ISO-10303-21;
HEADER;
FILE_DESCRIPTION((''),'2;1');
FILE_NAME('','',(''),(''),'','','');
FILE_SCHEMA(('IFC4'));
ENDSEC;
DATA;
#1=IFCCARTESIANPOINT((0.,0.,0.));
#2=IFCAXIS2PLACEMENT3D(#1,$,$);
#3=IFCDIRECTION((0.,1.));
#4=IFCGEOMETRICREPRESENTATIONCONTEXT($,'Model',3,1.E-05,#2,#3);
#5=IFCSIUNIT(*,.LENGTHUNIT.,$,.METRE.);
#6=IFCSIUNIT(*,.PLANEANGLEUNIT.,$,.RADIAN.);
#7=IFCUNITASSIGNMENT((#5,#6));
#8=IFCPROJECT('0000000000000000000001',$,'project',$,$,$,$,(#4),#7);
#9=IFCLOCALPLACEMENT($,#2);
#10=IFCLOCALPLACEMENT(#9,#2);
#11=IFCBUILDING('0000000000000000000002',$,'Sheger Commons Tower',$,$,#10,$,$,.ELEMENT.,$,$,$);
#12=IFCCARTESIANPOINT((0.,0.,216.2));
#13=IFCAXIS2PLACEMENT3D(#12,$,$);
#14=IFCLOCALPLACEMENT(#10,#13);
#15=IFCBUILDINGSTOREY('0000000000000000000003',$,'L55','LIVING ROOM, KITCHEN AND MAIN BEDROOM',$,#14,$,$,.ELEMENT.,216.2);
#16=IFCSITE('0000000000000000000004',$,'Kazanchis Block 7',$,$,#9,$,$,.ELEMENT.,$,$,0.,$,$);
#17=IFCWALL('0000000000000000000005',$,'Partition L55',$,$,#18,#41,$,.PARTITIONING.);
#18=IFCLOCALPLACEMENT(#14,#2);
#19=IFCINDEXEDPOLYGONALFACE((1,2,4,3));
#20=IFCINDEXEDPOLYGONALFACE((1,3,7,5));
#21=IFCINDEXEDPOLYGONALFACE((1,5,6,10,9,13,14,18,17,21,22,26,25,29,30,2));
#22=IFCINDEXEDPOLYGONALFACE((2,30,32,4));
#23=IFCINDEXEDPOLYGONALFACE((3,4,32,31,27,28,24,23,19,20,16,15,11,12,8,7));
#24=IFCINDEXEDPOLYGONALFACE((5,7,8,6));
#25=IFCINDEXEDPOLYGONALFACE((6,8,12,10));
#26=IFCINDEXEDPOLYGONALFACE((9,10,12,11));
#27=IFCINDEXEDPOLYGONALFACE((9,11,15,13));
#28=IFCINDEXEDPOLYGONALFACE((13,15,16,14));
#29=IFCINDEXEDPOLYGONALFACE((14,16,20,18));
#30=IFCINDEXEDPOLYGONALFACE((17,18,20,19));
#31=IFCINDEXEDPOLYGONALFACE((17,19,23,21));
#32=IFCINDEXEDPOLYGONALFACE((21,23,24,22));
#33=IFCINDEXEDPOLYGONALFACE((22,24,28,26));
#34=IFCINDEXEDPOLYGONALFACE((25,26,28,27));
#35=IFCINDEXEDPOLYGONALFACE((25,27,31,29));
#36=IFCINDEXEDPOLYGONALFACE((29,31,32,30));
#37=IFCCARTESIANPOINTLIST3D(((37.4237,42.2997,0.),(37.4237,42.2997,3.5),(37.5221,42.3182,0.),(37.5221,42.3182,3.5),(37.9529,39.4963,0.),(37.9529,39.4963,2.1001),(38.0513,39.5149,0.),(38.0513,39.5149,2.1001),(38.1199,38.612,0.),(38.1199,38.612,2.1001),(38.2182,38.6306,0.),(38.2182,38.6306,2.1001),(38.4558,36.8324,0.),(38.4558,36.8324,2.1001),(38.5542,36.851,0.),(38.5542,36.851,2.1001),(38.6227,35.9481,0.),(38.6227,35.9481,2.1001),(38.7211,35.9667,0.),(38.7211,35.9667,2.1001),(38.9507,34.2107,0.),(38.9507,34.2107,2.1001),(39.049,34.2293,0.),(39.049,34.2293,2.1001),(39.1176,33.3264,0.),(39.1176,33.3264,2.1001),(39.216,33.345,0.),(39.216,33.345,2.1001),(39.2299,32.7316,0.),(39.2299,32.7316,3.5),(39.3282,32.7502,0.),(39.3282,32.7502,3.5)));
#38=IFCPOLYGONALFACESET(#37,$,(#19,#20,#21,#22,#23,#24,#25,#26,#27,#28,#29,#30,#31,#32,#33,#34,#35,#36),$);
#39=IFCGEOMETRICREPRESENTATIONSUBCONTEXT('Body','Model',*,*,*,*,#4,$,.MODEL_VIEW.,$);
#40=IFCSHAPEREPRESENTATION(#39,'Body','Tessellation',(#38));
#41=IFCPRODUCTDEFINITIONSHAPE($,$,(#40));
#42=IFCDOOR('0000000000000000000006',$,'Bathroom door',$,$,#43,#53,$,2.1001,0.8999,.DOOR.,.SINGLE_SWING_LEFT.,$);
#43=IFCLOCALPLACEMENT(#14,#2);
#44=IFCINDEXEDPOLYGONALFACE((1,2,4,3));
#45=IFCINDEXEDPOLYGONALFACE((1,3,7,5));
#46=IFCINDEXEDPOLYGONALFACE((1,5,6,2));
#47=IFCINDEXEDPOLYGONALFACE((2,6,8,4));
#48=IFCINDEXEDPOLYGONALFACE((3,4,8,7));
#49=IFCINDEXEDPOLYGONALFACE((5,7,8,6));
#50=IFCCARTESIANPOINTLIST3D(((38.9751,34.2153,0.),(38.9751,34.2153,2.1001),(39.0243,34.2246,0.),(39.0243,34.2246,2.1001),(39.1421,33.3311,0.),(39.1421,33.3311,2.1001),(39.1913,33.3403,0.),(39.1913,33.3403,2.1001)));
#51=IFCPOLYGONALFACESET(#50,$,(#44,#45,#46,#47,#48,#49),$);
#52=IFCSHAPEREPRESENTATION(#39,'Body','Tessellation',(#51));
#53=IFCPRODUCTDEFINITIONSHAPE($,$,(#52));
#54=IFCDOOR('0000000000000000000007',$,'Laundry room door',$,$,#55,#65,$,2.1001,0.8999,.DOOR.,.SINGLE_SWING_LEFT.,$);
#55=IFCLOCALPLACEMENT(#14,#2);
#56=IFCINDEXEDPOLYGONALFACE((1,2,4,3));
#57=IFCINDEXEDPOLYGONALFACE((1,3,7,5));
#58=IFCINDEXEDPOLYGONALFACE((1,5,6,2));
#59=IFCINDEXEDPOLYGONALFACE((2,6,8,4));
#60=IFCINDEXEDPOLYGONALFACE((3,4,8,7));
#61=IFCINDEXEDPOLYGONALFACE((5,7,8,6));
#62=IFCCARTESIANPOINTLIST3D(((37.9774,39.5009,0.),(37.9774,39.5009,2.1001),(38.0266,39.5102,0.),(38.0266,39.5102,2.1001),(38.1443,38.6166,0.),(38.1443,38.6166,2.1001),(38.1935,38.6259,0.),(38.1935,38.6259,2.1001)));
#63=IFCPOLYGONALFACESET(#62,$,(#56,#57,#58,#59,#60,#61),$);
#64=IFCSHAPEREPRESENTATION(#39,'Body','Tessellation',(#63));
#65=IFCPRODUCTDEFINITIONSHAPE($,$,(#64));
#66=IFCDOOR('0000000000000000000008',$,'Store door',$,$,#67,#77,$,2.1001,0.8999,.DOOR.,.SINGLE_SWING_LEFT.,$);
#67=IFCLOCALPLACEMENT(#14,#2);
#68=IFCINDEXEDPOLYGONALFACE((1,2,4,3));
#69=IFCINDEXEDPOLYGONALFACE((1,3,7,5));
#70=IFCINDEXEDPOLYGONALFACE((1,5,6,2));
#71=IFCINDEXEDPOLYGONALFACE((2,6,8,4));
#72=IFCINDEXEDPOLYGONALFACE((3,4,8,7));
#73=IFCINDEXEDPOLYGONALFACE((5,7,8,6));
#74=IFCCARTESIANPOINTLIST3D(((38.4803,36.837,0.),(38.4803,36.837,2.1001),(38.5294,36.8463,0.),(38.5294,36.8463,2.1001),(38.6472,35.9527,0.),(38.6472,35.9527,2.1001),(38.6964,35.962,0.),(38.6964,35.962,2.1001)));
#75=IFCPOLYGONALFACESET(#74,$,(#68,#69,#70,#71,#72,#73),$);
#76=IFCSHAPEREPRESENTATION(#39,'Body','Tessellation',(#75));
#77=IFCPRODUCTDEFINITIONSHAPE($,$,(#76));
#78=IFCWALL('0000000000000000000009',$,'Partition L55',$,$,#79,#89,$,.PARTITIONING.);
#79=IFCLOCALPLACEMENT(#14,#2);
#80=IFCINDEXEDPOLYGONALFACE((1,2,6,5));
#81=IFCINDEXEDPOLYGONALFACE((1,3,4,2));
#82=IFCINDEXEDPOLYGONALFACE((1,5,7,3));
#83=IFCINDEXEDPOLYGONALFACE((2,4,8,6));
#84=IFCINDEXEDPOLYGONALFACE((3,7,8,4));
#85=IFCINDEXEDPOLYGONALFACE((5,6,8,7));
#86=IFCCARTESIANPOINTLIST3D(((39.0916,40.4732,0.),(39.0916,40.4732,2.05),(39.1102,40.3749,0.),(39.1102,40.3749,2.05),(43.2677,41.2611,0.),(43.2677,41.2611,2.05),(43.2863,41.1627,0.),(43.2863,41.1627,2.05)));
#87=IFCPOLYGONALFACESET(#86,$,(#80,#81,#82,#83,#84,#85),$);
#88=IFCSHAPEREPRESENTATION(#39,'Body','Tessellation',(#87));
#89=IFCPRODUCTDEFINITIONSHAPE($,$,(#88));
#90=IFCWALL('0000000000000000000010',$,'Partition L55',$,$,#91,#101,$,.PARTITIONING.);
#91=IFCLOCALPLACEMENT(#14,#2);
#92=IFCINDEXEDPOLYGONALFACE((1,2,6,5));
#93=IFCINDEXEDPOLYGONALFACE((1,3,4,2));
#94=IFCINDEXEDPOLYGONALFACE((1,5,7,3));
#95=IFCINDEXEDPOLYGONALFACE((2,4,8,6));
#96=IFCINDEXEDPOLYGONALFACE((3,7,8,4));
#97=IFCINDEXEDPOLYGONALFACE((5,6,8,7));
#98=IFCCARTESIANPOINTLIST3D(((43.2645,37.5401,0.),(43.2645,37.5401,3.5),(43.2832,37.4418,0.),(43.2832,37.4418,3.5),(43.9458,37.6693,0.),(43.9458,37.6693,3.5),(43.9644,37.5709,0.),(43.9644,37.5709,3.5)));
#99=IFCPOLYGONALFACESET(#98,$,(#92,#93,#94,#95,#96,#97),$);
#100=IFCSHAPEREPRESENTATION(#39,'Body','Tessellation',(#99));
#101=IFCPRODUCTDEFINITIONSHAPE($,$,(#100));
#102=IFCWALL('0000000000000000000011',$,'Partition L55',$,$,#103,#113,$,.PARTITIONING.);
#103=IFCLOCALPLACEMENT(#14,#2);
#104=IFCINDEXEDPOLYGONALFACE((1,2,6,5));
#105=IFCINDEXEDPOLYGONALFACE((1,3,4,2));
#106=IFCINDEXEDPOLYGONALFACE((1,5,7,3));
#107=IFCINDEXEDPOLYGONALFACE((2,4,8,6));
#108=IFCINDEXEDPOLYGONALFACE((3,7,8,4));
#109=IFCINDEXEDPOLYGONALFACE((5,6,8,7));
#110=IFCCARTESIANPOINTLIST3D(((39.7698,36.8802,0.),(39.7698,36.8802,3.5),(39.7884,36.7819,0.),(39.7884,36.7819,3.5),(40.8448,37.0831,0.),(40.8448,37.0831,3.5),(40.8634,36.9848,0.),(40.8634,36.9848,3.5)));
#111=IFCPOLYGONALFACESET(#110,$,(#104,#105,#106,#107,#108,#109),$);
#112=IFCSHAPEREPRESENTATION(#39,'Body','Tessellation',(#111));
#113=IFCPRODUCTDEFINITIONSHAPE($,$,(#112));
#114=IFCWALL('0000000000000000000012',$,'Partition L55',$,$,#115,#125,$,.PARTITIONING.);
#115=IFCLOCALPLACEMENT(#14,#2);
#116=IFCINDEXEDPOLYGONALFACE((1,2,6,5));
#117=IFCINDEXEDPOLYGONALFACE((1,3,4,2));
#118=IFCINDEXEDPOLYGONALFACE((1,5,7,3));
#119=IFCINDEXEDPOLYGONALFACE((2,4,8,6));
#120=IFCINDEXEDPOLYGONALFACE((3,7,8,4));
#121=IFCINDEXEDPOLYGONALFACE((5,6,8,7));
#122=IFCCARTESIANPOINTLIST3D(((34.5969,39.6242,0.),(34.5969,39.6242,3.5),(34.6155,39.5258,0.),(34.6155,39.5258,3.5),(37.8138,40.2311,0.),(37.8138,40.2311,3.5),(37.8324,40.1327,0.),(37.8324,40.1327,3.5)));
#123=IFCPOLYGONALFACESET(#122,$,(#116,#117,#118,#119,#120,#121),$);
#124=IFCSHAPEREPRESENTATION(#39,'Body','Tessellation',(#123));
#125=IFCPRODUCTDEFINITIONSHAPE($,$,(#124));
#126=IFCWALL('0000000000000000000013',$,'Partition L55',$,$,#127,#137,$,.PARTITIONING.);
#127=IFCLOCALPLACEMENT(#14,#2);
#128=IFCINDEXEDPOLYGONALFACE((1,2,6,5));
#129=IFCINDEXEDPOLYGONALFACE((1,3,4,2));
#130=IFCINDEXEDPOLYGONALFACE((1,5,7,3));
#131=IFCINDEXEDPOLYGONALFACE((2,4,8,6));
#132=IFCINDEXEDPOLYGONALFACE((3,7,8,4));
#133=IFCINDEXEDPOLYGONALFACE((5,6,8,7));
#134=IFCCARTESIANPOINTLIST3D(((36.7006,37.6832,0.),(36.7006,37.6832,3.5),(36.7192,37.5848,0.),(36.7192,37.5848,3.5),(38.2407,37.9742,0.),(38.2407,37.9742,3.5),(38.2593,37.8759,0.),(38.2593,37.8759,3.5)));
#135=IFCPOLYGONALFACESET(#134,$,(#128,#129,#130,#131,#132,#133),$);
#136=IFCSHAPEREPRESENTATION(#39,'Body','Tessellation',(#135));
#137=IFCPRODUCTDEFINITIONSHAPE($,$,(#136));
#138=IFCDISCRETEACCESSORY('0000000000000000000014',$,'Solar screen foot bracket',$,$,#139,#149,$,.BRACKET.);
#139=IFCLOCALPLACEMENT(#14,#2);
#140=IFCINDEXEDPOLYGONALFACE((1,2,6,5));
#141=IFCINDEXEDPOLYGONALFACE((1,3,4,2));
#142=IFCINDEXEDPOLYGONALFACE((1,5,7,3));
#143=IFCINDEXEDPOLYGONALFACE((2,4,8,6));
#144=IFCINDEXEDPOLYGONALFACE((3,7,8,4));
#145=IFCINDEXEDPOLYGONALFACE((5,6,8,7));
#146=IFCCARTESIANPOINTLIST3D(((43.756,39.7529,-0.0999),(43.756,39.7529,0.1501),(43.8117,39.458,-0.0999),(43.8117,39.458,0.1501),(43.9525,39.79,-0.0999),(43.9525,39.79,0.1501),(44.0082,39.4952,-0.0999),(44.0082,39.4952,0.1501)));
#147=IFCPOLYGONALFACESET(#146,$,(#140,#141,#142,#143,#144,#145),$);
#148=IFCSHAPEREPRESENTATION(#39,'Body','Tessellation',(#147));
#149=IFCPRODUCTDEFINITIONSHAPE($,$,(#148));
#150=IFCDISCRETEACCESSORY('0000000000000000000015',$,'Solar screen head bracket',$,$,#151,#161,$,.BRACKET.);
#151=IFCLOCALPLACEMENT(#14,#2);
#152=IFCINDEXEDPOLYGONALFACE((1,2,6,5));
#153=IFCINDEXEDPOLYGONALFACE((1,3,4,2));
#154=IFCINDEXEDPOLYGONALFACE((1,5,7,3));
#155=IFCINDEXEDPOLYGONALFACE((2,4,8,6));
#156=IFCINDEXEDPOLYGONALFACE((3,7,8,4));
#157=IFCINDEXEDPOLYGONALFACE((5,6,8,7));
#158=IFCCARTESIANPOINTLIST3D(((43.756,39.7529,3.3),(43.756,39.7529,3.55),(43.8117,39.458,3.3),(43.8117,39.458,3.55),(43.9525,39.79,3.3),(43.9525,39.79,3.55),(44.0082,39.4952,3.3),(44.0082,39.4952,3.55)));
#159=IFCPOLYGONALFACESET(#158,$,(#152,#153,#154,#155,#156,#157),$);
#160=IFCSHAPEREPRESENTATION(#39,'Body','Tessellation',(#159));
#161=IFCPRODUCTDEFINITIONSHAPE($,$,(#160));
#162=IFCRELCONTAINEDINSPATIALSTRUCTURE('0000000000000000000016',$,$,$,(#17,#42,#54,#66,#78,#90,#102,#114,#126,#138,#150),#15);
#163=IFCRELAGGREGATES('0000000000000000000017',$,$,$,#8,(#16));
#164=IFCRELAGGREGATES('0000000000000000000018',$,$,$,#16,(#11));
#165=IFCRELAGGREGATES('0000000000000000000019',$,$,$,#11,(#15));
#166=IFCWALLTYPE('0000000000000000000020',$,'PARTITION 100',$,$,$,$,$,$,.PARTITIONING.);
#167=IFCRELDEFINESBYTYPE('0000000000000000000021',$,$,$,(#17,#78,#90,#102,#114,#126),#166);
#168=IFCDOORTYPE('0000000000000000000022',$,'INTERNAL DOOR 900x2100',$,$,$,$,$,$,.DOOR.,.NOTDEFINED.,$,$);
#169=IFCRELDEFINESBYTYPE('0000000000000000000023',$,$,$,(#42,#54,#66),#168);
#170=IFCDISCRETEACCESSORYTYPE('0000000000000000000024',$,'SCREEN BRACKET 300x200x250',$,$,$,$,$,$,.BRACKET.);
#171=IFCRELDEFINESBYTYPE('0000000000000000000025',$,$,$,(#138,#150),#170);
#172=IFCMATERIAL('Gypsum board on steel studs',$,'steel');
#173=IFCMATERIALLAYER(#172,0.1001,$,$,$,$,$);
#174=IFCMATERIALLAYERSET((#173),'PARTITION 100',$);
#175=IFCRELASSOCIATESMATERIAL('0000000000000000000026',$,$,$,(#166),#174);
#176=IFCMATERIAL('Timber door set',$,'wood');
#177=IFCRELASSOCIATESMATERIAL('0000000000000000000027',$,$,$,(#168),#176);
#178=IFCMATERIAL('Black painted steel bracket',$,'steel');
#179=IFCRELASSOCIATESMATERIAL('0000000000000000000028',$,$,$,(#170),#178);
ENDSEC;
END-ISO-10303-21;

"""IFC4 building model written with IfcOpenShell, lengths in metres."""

from ifc_helpers import new_model, si_unit, direction, frame, frame_2d, origin, origin_2d, place, context, subcontext, project, spatial, rectangle, extrude, material, layer, layer_set, type_object, element, fill, save


model = new_model("IFC4")

# Units and contexts
model_context = context("Model", 3, precision=1e-05, world=origin(), true_north=direction((0.0, 1.0)))
body_context = subcontext(model_context, "Body", "Model", "MODEL_VIEW")
ifc_project = project(units=[si_unit("LENGTHUNIT", "METRE"), si_unit("PLANEANGLEUNIT", "RADIAN")], contexts=[model_context])

# Site, building, storey
site_placement = place(None, origin())
site = spatial("IfcSite", under=ifc_project, at=site_placement, Name="Kazanchis Block 7", CompositionType="ELEMENT", RefElevation=0.0)
building_placement = place(site_placement, origin())
building = spatial("IfcBuilding", under=site, at=building_placement, Name="Sheger Commons Tower", CompositionType="ELEMENT")
storey_placement = place(building_placement, frame((0.0, 0.0, 216.2)))
storey = spatial("IfcBuildingStorey", under=building, at=storey_placement, Name="L55", Description="LIVING ROOM, KITCHEN AND MAIN BEDROOM", CompositionType="ELEMENT", Elevation=216.2)

# Shared definitions
ifc_material_1 = material(Name="Gypsum board on steel studs", Category="steel")
ifc_layer_1 = layer(ifc_material_1, 0.1001)
ifc_layer_set_1 = layer_set([ifc_layer_1], Name="PARTITION 100")
wall_type = type_object("IfcWallType", Name="PARTITION 100", PredefinedType="PARTITIONING", material=ifc_layer_set_1)

# Wall, openings, doors
ifc_material_2 = material(Name="Timber door set", Category="wood")
door_type = type_object("IfcDoorType", Name="INTERNAL DOOR 900x2100", OperationType="NOTDEFINED", PredefinedType="DOOR", material=ifc_material_2)
wall_1_placement = place(storey_placement, frame((37.4729, 42.3091, 0.0), z_axis=(0.0, 0.0, 1.0), x_axis=(0.185492, -0.982646, 0.0)))
wall_1 = element("IfcWall", 1, at=wall_1_placement, inside=storey, type_object=wall_type, Name="Partition L55", PredefinedType="PARTITIONING", context=body_context, shape_type="SweptSolid", body=[
    extrude(rectangle(XDim=9.7371, YDim=0.1001, at=frame_2d((4.8687, 0.0))), origin(), (0.0, 0.0, 1.0), 3.5),
])
opening_1_placement = place(wall_1_placement, frame((8.2319, 0.0, 0.0)))
opening_1 = element("IfcOpeningElement", 2, at=opening_1_placement, cuts=wall_1, PredefinedType="OPENING", context=body_context, shape_type="SweptSolid", body=[
    extrude(rectangle(XDim=0.8999, YDim=2.1001, at=frame_2d((0.45, 1.05))), frame((0.0, 0.0601, 0.0), z_axis=(0.0, -1.0, 0.0), x_axis=(1.0, 0.0, 0.0)), (0.0, 0.0, 1.0), 0.1201),
])
opening_2_placement = place(wall_1_placement, frame((2.853, 0.0, 0.0)))
opening_2 = element("IfcOpeningElement", 3, at=opening_2_placement, cuts=wall_1, PredefinedType="OPENING", context=body_context, shape_type="SweptSolid", body=[
    extrude(rectangle(XDim=0.8999, YDim=2.1001, at=frame_2d((0.45, 1.05))), frame((0.0, 0.0601, 0.0), z_axis=(0.0, -1.0, 0.0), x_axis=(1.0, 0.0, 0.0)), (0.0, 0.0, 1.0), 0.1201),
])
opening_3_placement = place(wall_1_placement, frame((5.564, 0.0, 0.0)))
opening_3 = element("IfcOpeningElement", 4, at=opening_3_placement, cuts=wall_1, PredefinedType="OPENING", context=body_context, shape_type="SweptSolid", body=[
    extrude(rectangle(XDim=0.8999, YDim=2.1001, at=frame_2d((0.45, 1.05))), frame((0.0, 0.0601, 0.0), z_axis=(0.0, -1.0, 0.0), x_axis=(1.0, 0.0, 0.0)), (0.0, 0.0, 1.0), 0.1201),
])
door_1_placement = place(opening_1_placement, origin())
door_1 = element("IfcDoor", 5, at=door_1_placement, inside=storey, type_object=door_type, Name="Bathroom door", OperationType="SINGLE_SWING_LEFT", OverallHeight=2.1001, OverallWidth=0.8999, PredefinedType="DOOR", context=body_context, shape_type="SweptSolid", body=[
    extrude(rectangle(XDim=0.8999, YDim=2.1001, at=frame_2d((0.45, 1.05))), frame((0.0, 0.0249, 0.0), z_axis=(0.0, -1.0, 0.0), x_axis=(1.0, 0.0, 0.0)), (0.0, 0.0, 1.0), 0.05),
])
fill(opening_1, door_1)
door_2_placement = place(opening_2_placement, origin())
door_2 = element("IfcDoor", 6, at=door_2_placement, inside=storey, type_object=door_type, Name="Laundry room door", OperationType="SINGLE_SWING_LEFT", OverallHeight=2.1001, OverallWidth=0.8999, PredefinedType="DOOR", context=body_context, shape_type="SweptSolid", body=[
    extrude(rectangle(XDim=0.8999, YDim=2.1001, at=frame_2d((0.45, 1.05))), frame((0.0, 0.0249, 0.0), z_axis=(0.0, -1.0, 0.0), x_axis=(1.0, 0.0, 0.0)), (0.0, 0.0, 1.0), 0.05),
])
fill(opening_2, door_2)
door_3_placement = place(opening_3_placement, origin())
door_3 = element("IfcDoor", 7, at=door_3_placement, inside=storey, type_object=door_type, Name="Store door", OperationType="SINGLE_SWING_LEFT", OverallHeight=2.1001, OverallWidth=0.8999, PredefinedType="DOOR", context=body_context, shape_type="SweptSolid", body=[
    extrude(rectangle(XDim=0.8999, YDim=2.1001, at=frame_2d((0.45, 1.05))), frame((0.0, 0.0249, 0.0), z_axis=(0.0, -1.0, 0.0), x_axis=(1.0, 0.0, 0.0)), (0.0, 0.0, 1.0), 0.05),
])
fill(opening_3, door_3)

# Walls
wall_2_placement = place(storey_placement, frame((43.2771, 41.2119, 0.0), z_axis=(0.0, 0.0, 1.0), x_axis=(-0.982665, -0.185388, 0.0)))
element("IfcWall", 8, at=wall_2_placement, inside=storey, type_object=wall_type, Name="Partition L55", PredefinedType="PARTITIONING", context=body_context, shape_type="SweptSolid", body=[
    extrude(rectangle(XDim=4.2498, YDim=0.1001, at=frame_2d((2.125, 0.0))), origin(), (0.0, 0.0, 1.0), 2.05),
])
wall_3_placement = place(storey_placement, frame((43.9551, 37.6201, 0.0), z_axis=(0.0, 0.0, 1.0), x_axis=(-0.982495, -0.186287, 0.0)))
element("IfcWall", 9, at=wall_3_placement, inside=storey, type_object=wall_type, Name="Partition L55", PredefinedType="PARTITIONING", context=body_context, shape_type="SweptSolid", body=[
    extrude(rectangle(XDim=0.6934, YDim=0.1001, at=frame_2d((0.3467, 0.0))), origin(), (0.0, 0.0, 1.0), 3.5),
])
wall_4_placement = place(storey_placement, frame((40.854, 37.0339, 0.0), z_axis=(0.0, 0.0, 1.0), x_axis=(-0.982652, -0.185461, 0.0)))
element("IfcWall", 10, at=wall_4_placement, inside=storey, type_object=wall_type, Name="Partition L55", PredefinedType="PARTITIONING", context=body_context, shape_type="SweptSolid", body=[
    extrude(rectangle(XDim=1.094, YDim=0.1001, at=frame_2d((0.5469, 0.0))), origin(), (0.0, 0.0, 1.0), 3.5),
])
wall_5_placement = place(storey_placement, frame((37.823, 40.1819, 0.0), z_axis=(0.0, 0.0, 1.0), x_axis=(-0.982665, -0.185392, 0.0)))
element("IfcWall", 11, at=wall_5_placement, inside=storey, type_object=wall_type, Name="Partition L55", PredefinedType="PARTITIONING", context=body_context, shape_type="SweptSolid", body=[
    extrude(rectangle(XDim=3.2737, YDim=0.1001, at=frame_2d((1.6367, 0.0))), origin(), (0.0, 0.0, 1.0), 3.5),
])
wall_6_placement = place(storey_placement, frame((38.25, 37.925, 0.0), z_axis=(0.0, 0.0, 1.0), x_axis=(-0.98261, -0.18568, 0.0)))
element("IfcWall", 12, at=wall_6_placement, inside=storey, type_object=wall_type, Name="Partition L55", PredefinedType="PARTITIONING", context=body_context, shape_type="SweptSolid", body=[
    extrude(rectangle(XDim=1.5674, YDim=0.1001, at=frame_2d((0.7837, 0.0))), origin(), (0.0, 0.0, 1.0), 3.5),
])

# Discrete accessories
ifc_material_3 = material(Name="Black painted steel bracket", Category="steel")
discrete_accessory_type = type_object("IfcDiscreteAccessoryType", Name="SCREEN BRACKET 300x200x250", PredefinedType="BRACKET", material=ifc_material_3)
for number, where, z_axis, x_axis, name in (
    (13, (43.8821, 39.624, -0.0999), (0.0, 0.0, 1.0), (-0.185615, 0.982623, 0.0), "Solar screen foot bracket"),
    (14, (43.8821, 39.624, 3.3), (0.0, 0.0, 1.0), (-0.185615, 0.982623, 0.0), "Solar screen head bracket"),
):
    element("IfcDiscreteAccessory", number, at=place(storey_placement, frame(where, z_axis=z_axis, x_axis=x_axis)), inside=storey, type_object=discrete_accessory_type, Name=name, PredefinedType="BRACKET", context=body_context, shape_type="SweptSolid", body=[
        extrude(rectangle(XDim=0.3, YDim=0.2, at=origin_2d()), origin(), (0.0, 0.0, 1.0), 0.25),
    ])

save(model, "model.ifc")
